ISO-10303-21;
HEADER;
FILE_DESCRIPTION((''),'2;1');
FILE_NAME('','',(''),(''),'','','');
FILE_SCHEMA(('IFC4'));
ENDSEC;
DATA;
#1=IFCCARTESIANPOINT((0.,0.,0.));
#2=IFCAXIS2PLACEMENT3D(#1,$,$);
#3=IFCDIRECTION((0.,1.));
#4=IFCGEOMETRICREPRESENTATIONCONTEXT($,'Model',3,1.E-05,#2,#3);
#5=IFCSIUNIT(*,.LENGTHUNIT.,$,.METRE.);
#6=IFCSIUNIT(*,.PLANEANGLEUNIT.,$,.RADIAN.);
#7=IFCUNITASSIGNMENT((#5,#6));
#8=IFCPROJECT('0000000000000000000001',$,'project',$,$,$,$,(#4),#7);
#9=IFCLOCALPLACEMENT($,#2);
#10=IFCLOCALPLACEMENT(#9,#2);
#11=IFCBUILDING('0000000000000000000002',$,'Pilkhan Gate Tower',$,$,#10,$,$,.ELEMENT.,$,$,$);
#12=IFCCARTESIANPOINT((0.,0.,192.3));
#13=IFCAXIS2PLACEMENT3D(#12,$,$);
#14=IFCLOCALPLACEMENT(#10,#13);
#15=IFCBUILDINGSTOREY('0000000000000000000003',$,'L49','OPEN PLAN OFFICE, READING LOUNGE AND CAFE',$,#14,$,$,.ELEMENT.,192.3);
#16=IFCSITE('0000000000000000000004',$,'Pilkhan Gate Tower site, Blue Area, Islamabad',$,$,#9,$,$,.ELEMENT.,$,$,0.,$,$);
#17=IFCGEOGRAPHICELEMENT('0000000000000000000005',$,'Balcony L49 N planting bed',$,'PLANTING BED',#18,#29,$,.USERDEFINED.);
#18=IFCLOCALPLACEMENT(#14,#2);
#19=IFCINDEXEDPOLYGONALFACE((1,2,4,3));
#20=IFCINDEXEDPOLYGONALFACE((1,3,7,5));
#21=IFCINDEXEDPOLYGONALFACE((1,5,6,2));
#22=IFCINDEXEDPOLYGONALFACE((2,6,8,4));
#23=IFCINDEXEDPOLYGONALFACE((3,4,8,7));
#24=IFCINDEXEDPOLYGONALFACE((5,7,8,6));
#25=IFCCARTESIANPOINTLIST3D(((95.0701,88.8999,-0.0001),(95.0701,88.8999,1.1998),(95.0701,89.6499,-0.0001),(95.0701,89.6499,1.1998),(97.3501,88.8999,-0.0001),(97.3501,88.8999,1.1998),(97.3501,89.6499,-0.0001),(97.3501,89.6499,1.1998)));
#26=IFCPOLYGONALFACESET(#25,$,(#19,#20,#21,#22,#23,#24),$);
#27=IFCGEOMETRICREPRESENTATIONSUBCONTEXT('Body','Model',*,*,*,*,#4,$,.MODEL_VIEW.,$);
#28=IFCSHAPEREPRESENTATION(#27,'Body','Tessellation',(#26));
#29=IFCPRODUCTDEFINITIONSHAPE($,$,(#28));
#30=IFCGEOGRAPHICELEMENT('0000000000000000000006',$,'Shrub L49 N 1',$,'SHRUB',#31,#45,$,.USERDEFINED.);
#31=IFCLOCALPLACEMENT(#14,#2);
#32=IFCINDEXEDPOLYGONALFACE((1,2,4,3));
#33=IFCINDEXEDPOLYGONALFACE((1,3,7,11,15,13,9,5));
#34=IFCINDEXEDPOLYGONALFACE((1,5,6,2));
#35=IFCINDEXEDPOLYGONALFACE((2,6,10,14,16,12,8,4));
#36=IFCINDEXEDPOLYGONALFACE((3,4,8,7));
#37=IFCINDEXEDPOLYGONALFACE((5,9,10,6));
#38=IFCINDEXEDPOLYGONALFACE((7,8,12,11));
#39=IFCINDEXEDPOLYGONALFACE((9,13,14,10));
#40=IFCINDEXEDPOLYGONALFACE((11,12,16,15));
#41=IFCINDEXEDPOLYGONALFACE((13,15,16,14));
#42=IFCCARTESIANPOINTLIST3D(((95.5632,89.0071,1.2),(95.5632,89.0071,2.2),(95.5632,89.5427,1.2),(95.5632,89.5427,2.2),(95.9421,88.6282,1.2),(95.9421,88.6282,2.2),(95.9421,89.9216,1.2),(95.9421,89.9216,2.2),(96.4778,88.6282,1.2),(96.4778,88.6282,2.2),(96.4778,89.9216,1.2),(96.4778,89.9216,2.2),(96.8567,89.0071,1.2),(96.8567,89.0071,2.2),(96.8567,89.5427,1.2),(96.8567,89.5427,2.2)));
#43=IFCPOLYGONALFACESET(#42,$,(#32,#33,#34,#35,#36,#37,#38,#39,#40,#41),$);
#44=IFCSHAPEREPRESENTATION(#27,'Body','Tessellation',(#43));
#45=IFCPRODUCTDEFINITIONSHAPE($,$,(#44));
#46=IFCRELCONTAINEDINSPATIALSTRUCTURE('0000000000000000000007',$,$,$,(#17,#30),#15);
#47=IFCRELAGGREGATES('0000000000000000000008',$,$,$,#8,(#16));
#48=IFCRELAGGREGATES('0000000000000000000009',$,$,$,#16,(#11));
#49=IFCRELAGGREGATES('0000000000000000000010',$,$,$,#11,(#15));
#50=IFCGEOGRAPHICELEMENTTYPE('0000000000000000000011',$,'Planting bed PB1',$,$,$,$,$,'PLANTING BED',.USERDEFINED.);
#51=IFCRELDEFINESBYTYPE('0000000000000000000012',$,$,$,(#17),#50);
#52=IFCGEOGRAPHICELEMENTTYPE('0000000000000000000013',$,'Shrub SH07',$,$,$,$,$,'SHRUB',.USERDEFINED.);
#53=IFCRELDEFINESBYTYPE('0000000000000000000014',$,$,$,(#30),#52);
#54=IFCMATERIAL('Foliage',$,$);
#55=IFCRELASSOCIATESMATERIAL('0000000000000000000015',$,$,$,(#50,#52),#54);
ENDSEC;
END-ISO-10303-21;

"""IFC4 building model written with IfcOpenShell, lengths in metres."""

from ifc_helpers import new_model, si_unit, direction, frame, origin, origin_2d, place, context, subcontext, project, spatial, polyline, rectangle, outline, extrude, material, material_profile, profile_set, type_object, element, save


model = new_model("IFC4")

# Units and contexts
model_context = context("Model", 3, precision=1e-05, world=origin(), true_north=direction((0.0, 1.0)))
body_context = subcontext(model_context, "Body", "Model", "MODEL_VIEW")
ifc_project = project(units=[si_unit("LENGTHUNIT", "METRE"), si_unit("PLANEANGLEUNIT", "RADIAN")], contexts=[model_context])

# Site, building, storey
site_placement = place(None, origin())
site = spatial("IfcSite", under=ifc_project, at=site_placement, Name="Pilkhan Gate Tower site, Blue Area, Islamabad", CompositionType="ELEMENT", RefElevation=0.0)
building_placement = place(site_placement, origin())
building = spatial("IfcBuilding", under=site, at=building_placement, Name="Pilkhan Gate Tower", CompositionType="ELEMENT")
storey_placement = place(building_placement, frame((0.0, 0.0, 192.3)))
storey = spatial("IfcBuildingStorey", under=building, at=storey_placement, Name="L49", Description="OPEN PLAN OFFICE, READING LOUNGE AND CAFE", CompositionType="ELEMENT", Elevation=192.3)

# Geographic elements
ifc_material_1 = material(Name="Foliage")
ifc_material_profile_1 = material_profile(ifc_material_1, rectangle(XDim=0.75, YDim=1.2, at=origin_2d()), Name="Bed 750x1200")
ifc_profile_set_1 = profile_set([ifc_material_profile_1], Name="Foliage")
geographic_element_type_1 = type_object("IfcGeographicElementType", Name="Planting bed PB1", ElementType="PLANTING BED", PredefinedType="USERDEFINED", material=ifc_profile_set_1)
geographic_element_1_placement = place(storey_placement, frame((95.0701, 89.2749, 0.5999), z_axis=(1.0, 0.0, 0.0), x_axis=(0.0, 1.0, 0.0)))
element("IfcGeographicElement", 1, at=geographic_element_1_placement, inside=storey, type_object=geographic_element_type_1, Name="Balcony L49 N planting bed", ObjectType="PLANTING BED", PredefinedType="USERDEFINED", context=body_context, shape_type="SweptSolid", body=[
    extrude(rectangle(XDim=0.75, YDim=1.2, at=origin_2d()), origin(), (0.0, 0.0, 1.0), 2.28),
])
ifc_material_profile_2 = material_profile(ifc_material_1, outline(polyline([(0.6467, 0.2678), (0.2678, 0.6467), (-0.2678, 0.6467), (-0.6467, 0.2678), (-0.6467, -0.2678), (-0.2678, -0.6467), (0.2678, -0.6467), (0.6467, -0.2678), (0.6467, 0.2678)])), Name="Shrub D1.4")
ifc_profile_set_2 = profile_set([ifc_material_profile_2], Name="Foliage")
geographic_element_type_2 = type_object("IfcGeographicElementType", Name="Shrub SH07", ElementType="SHRUB", PredefinedType="USERDEFINED", material=ifc_profile_set_2)
geographic_element_2_placement = place(storey_placement, frame((96.21, 89.2749, 1.2), z_axis=(0.0, 0.0, 1.0), x_axis=(1.0, 0.0, 0.0)))
element("IfcGeographicElement", 2, at=geographic_element_2_placement, inside=storey, type_object=geographic_element_type_2, Name="Shrub L49 N 1", ObjectType="SHRUB", PredefinedType="USERDEFINED", context=body_context, shape_type="SweptSolid", body=[
    extrude(outline(polyline([(0.6467, 0.2678), (0.2678, 0.6467), (-0.2678, 0.6467), (-0.6467, 0.2678), (-0.6467, -0.2678), (-0.2678, -0.6467), (0.2678, -0.6467), (0.6467, -0.2678), (0.6467, 0.2678)])), origin(), (0.0, 0.0, 1.0), 1.0),
])

save(model, "model.ifc")
